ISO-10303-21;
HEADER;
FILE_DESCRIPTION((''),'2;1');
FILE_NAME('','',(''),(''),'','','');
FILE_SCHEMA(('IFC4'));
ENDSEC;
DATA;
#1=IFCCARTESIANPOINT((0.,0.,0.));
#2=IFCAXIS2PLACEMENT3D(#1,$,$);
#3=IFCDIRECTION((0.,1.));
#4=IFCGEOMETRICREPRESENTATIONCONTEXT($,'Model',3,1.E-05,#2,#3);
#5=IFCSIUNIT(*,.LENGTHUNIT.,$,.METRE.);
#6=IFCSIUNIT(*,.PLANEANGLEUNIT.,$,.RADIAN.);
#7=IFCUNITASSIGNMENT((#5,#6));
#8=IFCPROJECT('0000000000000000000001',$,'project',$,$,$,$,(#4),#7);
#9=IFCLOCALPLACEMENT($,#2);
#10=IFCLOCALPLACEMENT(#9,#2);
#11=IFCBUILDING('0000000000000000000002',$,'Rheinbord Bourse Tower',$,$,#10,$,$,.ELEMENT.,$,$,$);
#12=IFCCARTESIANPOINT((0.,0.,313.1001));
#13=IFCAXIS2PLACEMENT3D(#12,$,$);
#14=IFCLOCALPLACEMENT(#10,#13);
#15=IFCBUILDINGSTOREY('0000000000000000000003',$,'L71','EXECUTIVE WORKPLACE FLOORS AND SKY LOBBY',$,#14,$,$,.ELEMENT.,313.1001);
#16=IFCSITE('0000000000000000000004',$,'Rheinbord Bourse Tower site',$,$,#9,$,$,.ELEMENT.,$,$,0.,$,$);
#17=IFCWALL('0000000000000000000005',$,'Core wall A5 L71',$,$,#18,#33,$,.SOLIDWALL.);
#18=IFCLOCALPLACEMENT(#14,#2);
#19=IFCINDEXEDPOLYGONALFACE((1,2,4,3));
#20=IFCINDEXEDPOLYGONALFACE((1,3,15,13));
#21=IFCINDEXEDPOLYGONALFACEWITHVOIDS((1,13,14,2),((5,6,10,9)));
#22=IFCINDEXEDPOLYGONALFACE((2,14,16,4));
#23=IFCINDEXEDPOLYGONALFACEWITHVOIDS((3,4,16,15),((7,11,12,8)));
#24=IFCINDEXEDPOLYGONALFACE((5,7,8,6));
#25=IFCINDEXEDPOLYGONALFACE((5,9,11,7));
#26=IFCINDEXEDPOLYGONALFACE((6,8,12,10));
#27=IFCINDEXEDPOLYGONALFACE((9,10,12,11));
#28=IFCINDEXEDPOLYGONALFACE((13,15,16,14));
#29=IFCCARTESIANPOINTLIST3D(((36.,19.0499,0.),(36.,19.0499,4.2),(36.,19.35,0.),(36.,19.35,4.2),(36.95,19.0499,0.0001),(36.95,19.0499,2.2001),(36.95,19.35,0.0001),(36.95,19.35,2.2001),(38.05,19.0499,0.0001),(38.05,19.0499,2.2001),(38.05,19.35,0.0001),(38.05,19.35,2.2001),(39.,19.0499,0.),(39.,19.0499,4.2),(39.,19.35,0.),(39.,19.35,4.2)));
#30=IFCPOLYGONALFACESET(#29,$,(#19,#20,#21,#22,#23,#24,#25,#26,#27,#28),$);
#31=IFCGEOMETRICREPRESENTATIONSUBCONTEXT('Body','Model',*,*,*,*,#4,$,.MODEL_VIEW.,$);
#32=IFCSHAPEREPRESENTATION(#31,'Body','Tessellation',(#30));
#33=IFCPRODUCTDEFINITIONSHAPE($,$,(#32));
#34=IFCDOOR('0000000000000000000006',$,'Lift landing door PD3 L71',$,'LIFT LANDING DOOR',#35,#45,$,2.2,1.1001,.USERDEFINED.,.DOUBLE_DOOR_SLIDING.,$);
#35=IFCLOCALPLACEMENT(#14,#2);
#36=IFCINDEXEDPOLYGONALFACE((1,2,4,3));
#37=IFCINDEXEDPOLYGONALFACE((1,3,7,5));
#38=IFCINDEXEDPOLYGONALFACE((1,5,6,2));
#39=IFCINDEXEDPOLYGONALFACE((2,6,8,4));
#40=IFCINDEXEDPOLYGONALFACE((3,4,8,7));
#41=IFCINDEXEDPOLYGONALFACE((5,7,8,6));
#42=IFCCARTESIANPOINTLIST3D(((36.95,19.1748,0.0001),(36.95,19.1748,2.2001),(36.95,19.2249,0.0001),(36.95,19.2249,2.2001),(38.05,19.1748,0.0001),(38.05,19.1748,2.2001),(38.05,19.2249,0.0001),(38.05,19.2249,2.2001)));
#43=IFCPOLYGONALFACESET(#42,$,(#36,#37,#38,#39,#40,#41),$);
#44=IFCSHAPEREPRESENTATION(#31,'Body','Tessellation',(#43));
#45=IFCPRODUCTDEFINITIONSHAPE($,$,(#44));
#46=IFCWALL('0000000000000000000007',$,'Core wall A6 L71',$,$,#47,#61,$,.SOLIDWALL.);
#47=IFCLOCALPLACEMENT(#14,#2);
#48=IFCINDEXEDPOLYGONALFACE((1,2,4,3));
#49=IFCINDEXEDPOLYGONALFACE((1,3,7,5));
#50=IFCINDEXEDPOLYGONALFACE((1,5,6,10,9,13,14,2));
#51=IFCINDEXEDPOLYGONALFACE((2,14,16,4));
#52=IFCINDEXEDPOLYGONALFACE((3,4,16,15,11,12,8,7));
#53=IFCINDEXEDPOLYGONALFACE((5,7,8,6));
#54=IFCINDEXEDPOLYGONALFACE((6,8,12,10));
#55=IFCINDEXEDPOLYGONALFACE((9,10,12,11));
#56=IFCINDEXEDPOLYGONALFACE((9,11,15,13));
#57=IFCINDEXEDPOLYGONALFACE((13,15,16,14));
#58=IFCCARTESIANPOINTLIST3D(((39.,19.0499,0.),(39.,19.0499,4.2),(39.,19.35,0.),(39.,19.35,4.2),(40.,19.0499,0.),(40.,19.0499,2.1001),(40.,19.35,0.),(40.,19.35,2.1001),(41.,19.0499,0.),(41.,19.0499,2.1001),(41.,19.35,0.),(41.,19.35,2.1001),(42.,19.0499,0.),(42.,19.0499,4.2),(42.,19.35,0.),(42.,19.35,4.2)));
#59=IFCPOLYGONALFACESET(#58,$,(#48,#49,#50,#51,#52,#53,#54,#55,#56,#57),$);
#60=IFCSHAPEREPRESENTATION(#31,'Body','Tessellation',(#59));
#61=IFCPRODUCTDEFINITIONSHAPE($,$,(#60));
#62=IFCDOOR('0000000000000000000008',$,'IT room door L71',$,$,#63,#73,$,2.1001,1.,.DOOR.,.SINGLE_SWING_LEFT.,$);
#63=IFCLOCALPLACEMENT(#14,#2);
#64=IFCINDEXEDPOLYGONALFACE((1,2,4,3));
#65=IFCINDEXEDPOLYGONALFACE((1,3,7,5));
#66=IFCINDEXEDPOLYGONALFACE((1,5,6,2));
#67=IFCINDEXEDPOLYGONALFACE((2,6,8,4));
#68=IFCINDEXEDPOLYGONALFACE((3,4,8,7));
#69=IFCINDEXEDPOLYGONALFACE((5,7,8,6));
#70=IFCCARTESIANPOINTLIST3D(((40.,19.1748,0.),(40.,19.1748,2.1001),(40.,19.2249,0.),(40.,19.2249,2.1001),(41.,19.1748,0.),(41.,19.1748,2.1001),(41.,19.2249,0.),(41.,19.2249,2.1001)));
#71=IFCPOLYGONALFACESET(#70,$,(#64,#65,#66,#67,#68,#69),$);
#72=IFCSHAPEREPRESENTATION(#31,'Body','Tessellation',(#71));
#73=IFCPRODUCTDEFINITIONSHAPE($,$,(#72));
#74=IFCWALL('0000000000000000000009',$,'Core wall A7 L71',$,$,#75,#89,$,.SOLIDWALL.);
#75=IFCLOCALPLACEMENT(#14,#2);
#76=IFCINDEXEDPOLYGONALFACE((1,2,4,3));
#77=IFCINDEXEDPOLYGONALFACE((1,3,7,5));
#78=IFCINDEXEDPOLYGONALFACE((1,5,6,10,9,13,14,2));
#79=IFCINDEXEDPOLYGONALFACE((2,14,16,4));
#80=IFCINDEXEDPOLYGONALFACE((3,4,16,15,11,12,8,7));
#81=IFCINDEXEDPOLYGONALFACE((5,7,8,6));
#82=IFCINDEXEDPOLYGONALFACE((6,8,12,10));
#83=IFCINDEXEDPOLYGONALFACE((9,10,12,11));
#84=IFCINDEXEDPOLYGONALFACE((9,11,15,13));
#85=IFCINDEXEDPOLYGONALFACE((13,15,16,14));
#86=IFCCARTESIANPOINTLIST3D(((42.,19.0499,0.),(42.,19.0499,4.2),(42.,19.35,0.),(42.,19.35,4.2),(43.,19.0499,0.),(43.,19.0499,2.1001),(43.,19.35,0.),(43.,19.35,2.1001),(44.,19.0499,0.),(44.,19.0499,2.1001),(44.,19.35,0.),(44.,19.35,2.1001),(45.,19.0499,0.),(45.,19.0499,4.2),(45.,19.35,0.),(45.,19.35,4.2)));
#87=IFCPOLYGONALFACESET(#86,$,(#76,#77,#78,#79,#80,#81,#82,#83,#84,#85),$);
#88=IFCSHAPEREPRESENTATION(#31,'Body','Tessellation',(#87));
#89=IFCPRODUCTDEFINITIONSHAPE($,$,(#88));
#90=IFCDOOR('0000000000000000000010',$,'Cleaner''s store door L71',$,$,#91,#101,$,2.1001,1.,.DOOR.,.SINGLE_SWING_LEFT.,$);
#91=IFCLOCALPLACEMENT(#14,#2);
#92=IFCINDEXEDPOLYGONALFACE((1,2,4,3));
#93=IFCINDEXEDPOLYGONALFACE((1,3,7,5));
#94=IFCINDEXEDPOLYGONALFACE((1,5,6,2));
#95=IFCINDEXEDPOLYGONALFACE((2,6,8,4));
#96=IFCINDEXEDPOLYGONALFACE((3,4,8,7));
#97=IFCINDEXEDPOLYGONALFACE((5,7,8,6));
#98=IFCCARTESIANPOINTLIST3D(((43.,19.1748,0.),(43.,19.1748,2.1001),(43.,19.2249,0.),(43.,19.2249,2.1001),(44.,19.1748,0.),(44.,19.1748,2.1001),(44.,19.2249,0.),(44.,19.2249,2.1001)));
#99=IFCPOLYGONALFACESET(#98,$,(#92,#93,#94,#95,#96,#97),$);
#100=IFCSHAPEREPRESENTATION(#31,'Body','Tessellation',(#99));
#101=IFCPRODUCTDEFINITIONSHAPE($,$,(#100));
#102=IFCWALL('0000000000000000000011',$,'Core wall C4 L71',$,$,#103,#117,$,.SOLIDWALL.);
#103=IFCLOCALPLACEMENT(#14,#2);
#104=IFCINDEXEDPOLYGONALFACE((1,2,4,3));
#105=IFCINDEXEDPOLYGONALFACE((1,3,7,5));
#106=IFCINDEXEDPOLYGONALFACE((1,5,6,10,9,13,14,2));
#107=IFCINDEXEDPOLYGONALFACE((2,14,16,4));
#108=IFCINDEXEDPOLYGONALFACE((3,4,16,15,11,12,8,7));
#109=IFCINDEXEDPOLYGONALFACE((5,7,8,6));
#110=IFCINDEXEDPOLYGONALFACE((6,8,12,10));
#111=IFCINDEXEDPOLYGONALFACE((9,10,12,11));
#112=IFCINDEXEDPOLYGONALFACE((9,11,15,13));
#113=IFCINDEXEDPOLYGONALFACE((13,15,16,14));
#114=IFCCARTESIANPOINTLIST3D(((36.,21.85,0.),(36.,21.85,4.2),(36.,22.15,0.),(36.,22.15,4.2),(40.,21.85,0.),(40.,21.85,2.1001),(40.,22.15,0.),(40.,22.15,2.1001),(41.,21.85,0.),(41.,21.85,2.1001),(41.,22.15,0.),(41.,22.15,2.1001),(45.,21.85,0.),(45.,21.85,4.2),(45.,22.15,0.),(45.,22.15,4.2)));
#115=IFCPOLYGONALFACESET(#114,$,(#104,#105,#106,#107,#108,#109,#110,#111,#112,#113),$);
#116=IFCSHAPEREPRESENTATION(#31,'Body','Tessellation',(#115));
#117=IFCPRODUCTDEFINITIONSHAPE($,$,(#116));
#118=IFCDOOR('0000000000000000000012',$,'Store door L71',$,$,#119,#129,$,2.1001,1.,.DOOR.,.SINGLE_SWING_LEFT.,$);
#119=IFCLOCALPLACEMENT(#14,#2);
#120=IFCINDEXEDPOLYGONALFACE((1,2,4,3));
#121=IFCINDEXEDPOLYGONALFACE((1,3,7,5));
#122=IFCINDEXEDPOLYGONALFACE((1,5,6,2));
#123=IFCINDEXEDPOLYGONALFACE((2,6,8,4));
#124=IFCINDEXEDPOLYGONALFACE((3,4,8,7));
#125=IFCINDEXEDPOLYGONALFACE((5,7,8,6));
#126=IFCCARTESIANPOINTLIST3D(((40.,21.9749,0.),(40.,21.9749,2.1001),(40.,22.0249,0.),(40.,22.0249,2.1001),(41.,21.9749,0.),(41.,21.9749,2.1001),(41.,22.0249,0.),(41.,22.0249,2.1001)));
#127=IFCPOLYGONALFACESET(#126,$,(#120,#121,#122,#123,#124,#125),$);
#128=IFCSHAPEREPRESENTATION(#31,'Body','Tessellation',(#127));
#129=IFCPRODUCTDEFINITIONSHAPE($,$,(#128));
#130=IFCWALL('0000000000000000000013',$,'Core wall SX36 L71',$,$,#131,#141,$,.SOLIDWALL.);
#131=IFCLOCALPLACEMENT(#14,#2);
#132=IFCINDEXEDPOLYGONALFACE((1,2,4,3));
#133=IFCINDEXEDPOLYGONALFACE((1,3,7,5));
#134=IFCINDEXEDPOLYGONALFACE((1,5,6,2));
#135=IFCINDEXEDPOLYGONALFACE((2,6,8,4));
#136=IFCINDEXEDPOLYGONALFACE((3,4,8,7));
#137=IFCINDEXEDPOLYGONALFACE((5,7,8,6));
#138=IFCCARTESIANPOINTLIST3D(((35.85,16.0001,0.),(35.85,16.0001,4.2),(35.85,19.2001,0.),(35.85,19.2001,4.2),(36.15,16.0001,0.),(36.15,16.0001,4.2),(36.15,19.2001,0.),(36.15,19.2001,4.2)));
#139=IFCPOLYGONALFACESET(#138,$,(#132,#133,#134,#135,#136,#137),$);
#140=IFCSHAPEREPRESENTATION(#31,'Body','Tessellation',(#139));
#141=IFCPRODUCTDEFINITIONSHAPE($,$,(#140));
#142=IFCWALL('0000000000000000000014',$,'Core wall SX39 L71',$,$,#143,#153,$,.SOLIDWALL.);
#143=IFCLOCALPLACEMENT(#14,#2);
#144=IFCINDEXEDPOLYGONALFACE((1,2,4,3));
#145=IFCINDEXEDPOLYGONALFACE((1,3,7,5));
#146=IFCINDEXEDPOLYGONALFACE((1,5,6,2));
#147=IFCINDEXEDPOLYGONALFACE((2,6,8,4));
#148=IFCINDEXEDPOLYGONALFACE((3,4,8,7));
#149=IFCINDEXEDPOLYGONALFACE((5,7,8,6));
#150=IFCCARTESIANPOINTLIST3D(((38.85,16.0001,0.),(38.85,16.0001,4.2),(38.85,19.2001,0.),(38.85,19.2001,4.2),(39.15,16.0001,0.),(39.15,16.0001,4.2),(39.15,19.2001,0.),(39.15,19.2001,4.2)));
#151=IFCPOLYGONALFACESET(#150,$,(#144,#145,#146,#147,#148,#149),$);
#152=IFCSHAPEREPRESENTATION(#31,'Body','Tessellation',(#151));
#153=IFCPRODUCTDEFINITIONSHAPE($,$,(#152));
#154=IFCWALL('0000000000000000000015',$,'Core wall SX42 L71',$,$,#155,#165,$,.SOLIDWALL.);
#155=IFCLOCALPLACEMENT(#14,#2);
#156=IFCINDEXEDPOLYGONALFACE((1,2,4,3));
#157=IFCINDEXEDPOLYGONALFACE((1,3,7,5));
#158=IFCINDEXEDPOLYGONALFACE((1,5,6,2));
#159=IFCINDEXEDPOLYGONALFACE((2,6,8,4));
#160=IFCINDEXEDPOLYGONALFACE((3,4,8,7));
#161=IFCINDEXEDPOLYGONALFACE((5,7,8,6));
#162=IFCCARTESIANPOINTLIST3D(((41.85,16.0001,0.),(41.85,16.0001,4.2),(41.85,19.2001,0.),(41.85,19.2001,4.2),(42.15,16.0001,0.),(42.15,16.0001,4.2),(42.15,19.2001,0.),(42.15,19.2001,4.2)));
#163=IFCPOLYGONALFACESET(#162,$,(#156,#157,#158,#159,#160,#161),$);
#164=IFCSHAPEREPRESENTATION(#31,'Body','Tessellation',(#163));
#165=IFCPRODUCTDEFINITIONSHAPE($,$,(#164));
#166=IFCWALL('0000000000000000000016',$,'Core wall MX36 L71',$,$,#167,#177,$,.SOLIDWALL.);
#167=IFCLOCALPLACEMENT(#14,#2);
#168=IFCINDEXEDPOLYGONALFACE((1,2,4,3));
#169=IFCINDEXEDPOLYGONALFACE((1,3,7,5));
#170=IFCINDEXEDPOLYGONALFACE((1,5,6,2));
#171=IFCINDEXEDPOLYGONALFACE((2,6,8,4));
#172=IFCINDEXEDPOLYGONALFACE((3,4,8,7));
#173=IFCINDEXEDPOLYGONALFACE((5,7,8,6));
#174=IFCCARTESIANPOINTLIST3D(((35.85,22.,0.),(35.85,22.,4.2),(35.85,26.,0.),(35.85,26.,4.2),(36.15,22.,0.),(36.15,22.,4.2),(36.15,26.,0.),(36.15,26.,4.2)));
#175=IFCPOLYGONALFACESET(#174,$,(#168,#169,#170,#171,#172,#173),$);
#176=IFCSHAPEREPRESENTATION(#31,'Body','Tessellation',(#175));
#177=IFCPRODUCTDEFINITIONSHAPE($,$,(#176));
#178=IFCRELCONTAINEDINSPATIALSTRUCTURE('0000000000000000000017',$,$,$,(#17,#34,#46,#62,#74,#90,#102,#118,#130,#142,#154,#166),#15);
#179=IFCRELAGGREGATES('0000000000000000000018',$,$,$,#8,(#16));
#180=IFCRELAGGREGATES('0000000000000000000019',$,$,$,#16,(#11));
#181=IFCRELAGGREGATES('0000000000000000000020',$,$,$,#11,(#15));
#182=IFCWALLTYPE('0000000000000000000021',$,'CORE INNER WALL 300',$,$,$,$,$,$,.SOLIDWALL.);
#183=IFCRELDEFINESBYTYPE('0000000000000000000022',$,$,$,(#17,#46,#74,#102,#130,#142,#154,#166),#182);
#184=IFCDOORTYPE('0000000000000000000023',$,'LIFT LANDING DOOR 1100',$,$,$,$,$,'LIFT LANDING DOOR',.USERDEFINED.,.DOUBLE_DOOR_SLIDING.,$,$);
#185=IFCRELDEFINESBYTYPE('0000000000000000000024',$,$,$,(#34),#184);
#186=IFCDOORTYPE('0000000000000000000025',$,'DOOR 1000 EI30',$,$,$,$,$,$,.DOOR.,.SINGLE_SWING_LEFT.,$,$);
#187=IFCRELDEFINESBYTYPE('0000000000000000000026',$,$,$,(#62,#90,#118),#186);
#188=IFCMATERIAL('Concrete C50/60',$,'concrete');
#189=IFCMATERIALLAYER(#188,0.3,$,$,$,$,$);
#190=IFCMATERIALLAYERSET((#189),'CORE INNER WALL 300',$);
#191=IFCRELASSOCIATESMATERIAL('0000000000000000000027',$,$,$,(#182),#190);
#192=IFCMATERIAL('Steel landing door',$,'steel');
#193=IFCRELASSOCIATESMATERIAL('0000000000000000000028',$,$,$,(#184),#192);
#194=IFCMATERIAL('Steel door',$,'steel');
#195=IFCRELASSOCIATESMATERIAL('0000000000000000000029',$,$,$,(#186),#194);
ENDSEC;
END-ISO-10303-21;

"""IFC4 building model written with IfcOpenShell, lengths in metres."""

from ifc_helpers import new_model, si_unit, direction, frame, frame_2d, origin, place, context, subcontext, project, spatial, rectangle, extrude, material, layer, layer_set, type_object, element, fill, save


model = new_model("IFC4")

# Units and contexts
model_context = context("Model", 3, precision=1e-05, world=origin(), true_north=direction((0.0, 1.0)))
body_context = subcontext(model_context, "Body", "Model", "MODEL_VIEW")
ifc_project = project(units=[si_unit("LENGTHUNIT", "METRE"), si_unit("PLANEANGLEUNIT", "RADIAN")], contexts=[model_context])

# Site, building, storey
site_placement = place(None, origin())
site = spatial("IfcSite", under=ifc_project, at=site_placement, Name="Rheinbord Bourse Tower site", CompositionType="ELEMENT", RefElevation=0.0)
building_placement = place(site_placement, origin())
building = spatial("IfcBuilding", under=site, at=building_placement, Name="Rheinbord Bourse Tower", CompositionType="ELEMENT")
storey_placement = place(building_placement, frame((0.0, 0.0, 313.1001)))
storey = spatial("IfcBuildingStorey", under=building, at=storey_placement, Name="L71", Description="EXECUTIVE WORKPLACE FLOORS AND SKY LOBBY", CompositionType="ELEMENT", Elevation=313.1001)

# Walls, openings, doors
ifc_material_1 = material(Name="Concrete C50/60", Category="concrete")
ifc_layer_1 = layer(ifc_material_1, 0.3)
ifc_layer_set_1 = layer_set([ifc_layer_1], Name="CORE INNER WALL 300")
wall_type_1 = type_object("IfcWallType", Name="CORE INNER WALL 300", PredefinedType="SOLIDWALL", material=ifc_layer_set_1)
wall_1_placement = place(storey_placement, frame((36.0, 19.2, 0.0), z_axis=(0.0, 0.0, 1.0), x_axis=(1.0, 0.0, 0.0)))
wall_1 = element("IfcWall", 1, at=wall_1_placement, inside=storey, type_object=wall_type_1, Name="Core wall A5 L71", PredefinedType="SOLIDWALL", context=body_context, shape_type="SweptSolid", body=[
    extrude(rectangle(XDim=3.0, YDim=0.3, at=frame_2d((1.5, 0.0))), origin(), (0.0, 0.0, 1.0), 4.2),
])
opening_1_placement = place(wall_1_placement, frame((0.95, 0.0, 0.0)))
opening_1 = element("IfcOpeningElement", 2, at=opening_1_placement, cuts=wall_1, PredefinedType="OPENING", context=body_context, shape_type="SweptSolid", body=[
    extrude(rectangle(XDim=1.1001, YDim=2.2, at=frame_2d((0.55, 1.1001))), frame((0.0, 0.1599, 0.0), z_axis=(0.0, -1.0, 0.0), x_axis=(1.0, 0.0, 0.0)), (0.0, 0.0, 1.0), 0.3201),
])
ifc_material_2 = material(Name="Steel landing door", Category="steel")
door_type_1 = type_object("IfcDoorType", Name="LIFT LANDING DOOR 1100", ElementType="LIFT LANDING DOOR", OperationType="DOUBLE_DOOR_SLIDING", PredefinedType="USERDEFINED", material=ifc_material_2)
door_1_placement = place(opening_1_placement, origin())
door_1 = element("IfcDoor", 3, at=door_1_placement, inside=storey, type_object=door_type_1, Name="Lift landing door PD3 L71", ObjectType="LIFT LANDING DOOR", OperationType="DOUBLE_DOOR_SLIDING", OverallHeight=2.2, OverallWidth=1.1001, PredefinedType="USERDEFINED", context=body_context, shape_type="SweptSolid", body=[
    extrude(rectangle(XDim=1.1001, YDim=2.2, at=frame_2d((0.55, 1.1001))), frame((0.0, 0.0249, 0.0), z_axis=(0.0, -1.0, 0.0), x_axis=(1.0, 0.0, 0.0)), (0.0, 0.0, 1.0), 0.05),
])
fill(opening_1, door_1)
wall_2_placement = place(storey_placement, frame((39.0, 19.2, 0.0), z_axis=(0.0, 0.0, 1.0), x_axis=(1.0, 0.0, 0.0)))
wall_2 = element("IfcWall", 4, at=wall_2_placement, inside=storey, type_object=wall_type_1, Name="Core wall A6 L71", PredefinedType="SOLIDWALL", context=body_context, shape_type="SweptSolid", body=[
    extrude(rectangle(XDim=3.0, YDim=0.3, at=frame_2d((1.5, 0.0))), origin(), (0.0, 0.0, 1.0), 4.2),
])
opening_2_placement = place(wall_2_placement, frame((1.0, 0.0, 0.0)))
opening_2 = element("IfcOpeningElement", 5, at=opening_2_placement, cuts=wall_2, PredefinedType="OPENING", context=body_context, shape_type="SweptSolid", body=[
    extrude(rectangle(XDim=1.0, YDim=2.1001, at=frame_2d((0.5, 1.05))), frame((0.0, 0.1599, 0.0), z_axis=(0.0, -1.0, 0.0), x_axis=(1.0, 0.0, 0.0)), (0.0, 0.0, 1.0), 0.3201),
])
ifc_material_3 = material(Name="Steel door", Category="steel")
door_type_2 = type_object("IfcDoorType", Name="DOOR 1000 EI30", OperationType="SINGLE_SWING_LEFT", PredefinedType="DOOR", material=ifc_material_3)
door_2_placement = place(opening_2_placement, origin())
door_2 = element("IfcDoor", 6, at=door_2_placement, inside=storey, type_object=door_type_2, Name="IT room door L71", OperationType="SINGLE_SWING_LEFT", OverallHeight=2.1001, OverallWidth=1.0, PredefinedType="DOOR", context=body_context, shape_type="SweptSolid", body=[
    extrude(rectangle(XDim=1.0, YDim=2.1001, at=frame_2d((0.5, 1.05))), frame((0.0, 0.0249, 0.0), z_axis=(0.0, -1.0, 0.0), x_axis=(1.0, 0.0, 0.0)), (0.0, 0.0, 1.0), 0.05),
])
fill(opening_2, door_2)
wall_3_placement = place(storey_placement, frame((42.0, 19.2, 0.0), z_axis=(0.0, 0.0, 1.0), x_axis=(1.0, 0.0, 0.0)))
wall_3 = element("IfcWall", 7, at=wall_3_placement, inside=storey, type_object=wall_type_1, Name="Core wall A7 L71", PredefinedType="SOLIDWALL", context=body_context, shape_type="SweptSolid", body=[
    extrude(rectangle(XDim=3.0, YDim=0.3, at=frame_2d((1.5, 0.0))), origin(), (0.0, 0.0, 1.0), 4.2),
])
opening_3_placement = place(wall_3_placement, frame((1.0, 0.0, 0.0)))
opening_3 = element("IfcOpeningElement", 8, at=opening_3_placement, cuts=wall_3, PredefinedType="OPENING", context=body_context, shape_type="SweptSolid", body=[
    extrude(rectangle(XDim=1.0, YDim=2.1001, at=frame_2d((0.5, 1.05))), frame((0.0, 0.1599, 0.0), z_axis=(0.0, -1.0, 0.0), x_axis=(1.0, 0.0, 0.0)), (0.0, 0.0, 1.0), 0.3201),
])
door_3_placement = place(opening_3_placement, origin())
door_3 = element("IfcDoor", 9, at=door_3_placement, inside=storey, type_object=door_type_2, Name="Cleaner's store door L71", OperationType="SINGLE_SWING_LEFT", OverallHeight=2.1001, OverallWidth=1.0, PredefinedType="DOOR", context=body_context, shape_type="SweptSolid", body=[
    extrude(rectangle(XDim=1.0, YDim=2.1001, at=frame_2d((0.5, 1.05))), frame((0.0, 0.0249, 0.0), z_axis=(0.0, -1.0, 0.0), x_axis=(1.0, 0.0, 0.0)), (0.0, 0.0, 1.0), 0.05),
])
fill(opening_3, door_3)
wall_4_placement = place(storey_placement, frame((36.0, 22.0, 0.0), z_axis=(0.0, 0.0, 1.0), x_axis=(1.0, 0.0, 0.0)))
wall_4 = element("IfcWall", 10, at=wall_4_placement, inside=storey, type_object=wall_type_1, Name="Core wall C4 L71", PredefinedType="SOLIDWALL", context=body_context, shape_type="SweptSolid", body=[
    extrude(rectangle(XDim=9.0, YDim=0.3, at=frame_2d((4.5, 0.0))), origin(), (0.0, 0.0, 1.0), 4.2),
])
opening_4_placement = place(wall_4_placement, frame((4.0, 0.0, 0.0)))
opening_4 = element("IfcOpeningElement", 11, at=opening_4_placement, cuts=wall_4, PredefinedType="OPENING", context=body_context, shape_type="SweptSolid", body=[
    extrude(rectangle(XDim=1.0, YDim=2.1001, at=frame_2d((0.5, 1.05))), frame((0.0, 0.1599, 0.0), z_axis=(0.0, -1.0, 0.0), x_axis=(1.0, 0.0, 0.0)), (0.0, 0.0, 1.0), 0.3201),
])
door_4_placement = place(opening_4_placement, origin())
door_4 = element("IfcDoor", 12, at=door_4_placement, inside=storey, type_object=door_type_2, Name="Store door L71", OperationType="SINGLE_SWING_LEFT", OverallHeight=2.1001, OverallWidth=1.0, PredefinedType="DOOR", context=body_context, shape_type="SweptSolid", body=[
    extrude(rectangle(XDim=1.0, YDim=2.1001, at=frame_2d((0.5, 1.05))), frame((0.0, 0.0249, 0.0), z_axis=(0.0, -1.0, 0.0), x_axis=(1.0, 0.0, 0.0)), (0.0, 0.0, 1.0), 0.05),
])
fill(opening_4, door_4)

# Walls
for number, where, z_axis, x_axis, name in (
    (13, (36.0, 16.0, 0.0), (0.0, 0.0, 1.0), (0.0, 1.0, 0.0), "Core wall SX36 L71"),
    (14, (39.0, 16.0, 0.0), (0.0, 0.0, 1.0), (0.0, 1.0, 0.0), "Core wall SX39 L71"),
    (15, (42.0, 16.0, 0.0), (0.0, 0.0, 1.0), (0.0, 1.0, 0.0), "Core wall SX42 L71"),
):
    element("IfcWall", number, at=place(storey_placement, frame(where, z_axis=z_axis, x_axis=x_axis)), inside=storey, type_object=wall_type_1, Name=name, PredefinedType="SOLIDWALL", context=body_context, shape_type="SweptSolid", body=[
        extrude(rectangle(XDim=3.2, YDim=0.3, at=frame_2d((1.6001, 0.0))), origin(), (0.0, 0.0, 1.0), 4.2),
    ])
wall_5_placement = place(storey_placement, frame((36.0, 22.0, 0.0), z_axis=(0.0, 0.0, 1.0), x_axis=(0.0, 1.0, 0.0)))
element("IfcWall", 16, at=wall_5_placement, inside=storey, type_object=wall_type_1, Name="Core wall MX36 L71", PredefinedType="SOLIDWALL", context=body_context, shape_type="SweptSolid", body=[
    extrude(rectangle(XDim=4.0, YDim=0.3, at=frame_2d((2.0, 0.0))), origin(), (0.0, 0.0, 1.0), 4.2),
])

save(model, "model.ifc")
